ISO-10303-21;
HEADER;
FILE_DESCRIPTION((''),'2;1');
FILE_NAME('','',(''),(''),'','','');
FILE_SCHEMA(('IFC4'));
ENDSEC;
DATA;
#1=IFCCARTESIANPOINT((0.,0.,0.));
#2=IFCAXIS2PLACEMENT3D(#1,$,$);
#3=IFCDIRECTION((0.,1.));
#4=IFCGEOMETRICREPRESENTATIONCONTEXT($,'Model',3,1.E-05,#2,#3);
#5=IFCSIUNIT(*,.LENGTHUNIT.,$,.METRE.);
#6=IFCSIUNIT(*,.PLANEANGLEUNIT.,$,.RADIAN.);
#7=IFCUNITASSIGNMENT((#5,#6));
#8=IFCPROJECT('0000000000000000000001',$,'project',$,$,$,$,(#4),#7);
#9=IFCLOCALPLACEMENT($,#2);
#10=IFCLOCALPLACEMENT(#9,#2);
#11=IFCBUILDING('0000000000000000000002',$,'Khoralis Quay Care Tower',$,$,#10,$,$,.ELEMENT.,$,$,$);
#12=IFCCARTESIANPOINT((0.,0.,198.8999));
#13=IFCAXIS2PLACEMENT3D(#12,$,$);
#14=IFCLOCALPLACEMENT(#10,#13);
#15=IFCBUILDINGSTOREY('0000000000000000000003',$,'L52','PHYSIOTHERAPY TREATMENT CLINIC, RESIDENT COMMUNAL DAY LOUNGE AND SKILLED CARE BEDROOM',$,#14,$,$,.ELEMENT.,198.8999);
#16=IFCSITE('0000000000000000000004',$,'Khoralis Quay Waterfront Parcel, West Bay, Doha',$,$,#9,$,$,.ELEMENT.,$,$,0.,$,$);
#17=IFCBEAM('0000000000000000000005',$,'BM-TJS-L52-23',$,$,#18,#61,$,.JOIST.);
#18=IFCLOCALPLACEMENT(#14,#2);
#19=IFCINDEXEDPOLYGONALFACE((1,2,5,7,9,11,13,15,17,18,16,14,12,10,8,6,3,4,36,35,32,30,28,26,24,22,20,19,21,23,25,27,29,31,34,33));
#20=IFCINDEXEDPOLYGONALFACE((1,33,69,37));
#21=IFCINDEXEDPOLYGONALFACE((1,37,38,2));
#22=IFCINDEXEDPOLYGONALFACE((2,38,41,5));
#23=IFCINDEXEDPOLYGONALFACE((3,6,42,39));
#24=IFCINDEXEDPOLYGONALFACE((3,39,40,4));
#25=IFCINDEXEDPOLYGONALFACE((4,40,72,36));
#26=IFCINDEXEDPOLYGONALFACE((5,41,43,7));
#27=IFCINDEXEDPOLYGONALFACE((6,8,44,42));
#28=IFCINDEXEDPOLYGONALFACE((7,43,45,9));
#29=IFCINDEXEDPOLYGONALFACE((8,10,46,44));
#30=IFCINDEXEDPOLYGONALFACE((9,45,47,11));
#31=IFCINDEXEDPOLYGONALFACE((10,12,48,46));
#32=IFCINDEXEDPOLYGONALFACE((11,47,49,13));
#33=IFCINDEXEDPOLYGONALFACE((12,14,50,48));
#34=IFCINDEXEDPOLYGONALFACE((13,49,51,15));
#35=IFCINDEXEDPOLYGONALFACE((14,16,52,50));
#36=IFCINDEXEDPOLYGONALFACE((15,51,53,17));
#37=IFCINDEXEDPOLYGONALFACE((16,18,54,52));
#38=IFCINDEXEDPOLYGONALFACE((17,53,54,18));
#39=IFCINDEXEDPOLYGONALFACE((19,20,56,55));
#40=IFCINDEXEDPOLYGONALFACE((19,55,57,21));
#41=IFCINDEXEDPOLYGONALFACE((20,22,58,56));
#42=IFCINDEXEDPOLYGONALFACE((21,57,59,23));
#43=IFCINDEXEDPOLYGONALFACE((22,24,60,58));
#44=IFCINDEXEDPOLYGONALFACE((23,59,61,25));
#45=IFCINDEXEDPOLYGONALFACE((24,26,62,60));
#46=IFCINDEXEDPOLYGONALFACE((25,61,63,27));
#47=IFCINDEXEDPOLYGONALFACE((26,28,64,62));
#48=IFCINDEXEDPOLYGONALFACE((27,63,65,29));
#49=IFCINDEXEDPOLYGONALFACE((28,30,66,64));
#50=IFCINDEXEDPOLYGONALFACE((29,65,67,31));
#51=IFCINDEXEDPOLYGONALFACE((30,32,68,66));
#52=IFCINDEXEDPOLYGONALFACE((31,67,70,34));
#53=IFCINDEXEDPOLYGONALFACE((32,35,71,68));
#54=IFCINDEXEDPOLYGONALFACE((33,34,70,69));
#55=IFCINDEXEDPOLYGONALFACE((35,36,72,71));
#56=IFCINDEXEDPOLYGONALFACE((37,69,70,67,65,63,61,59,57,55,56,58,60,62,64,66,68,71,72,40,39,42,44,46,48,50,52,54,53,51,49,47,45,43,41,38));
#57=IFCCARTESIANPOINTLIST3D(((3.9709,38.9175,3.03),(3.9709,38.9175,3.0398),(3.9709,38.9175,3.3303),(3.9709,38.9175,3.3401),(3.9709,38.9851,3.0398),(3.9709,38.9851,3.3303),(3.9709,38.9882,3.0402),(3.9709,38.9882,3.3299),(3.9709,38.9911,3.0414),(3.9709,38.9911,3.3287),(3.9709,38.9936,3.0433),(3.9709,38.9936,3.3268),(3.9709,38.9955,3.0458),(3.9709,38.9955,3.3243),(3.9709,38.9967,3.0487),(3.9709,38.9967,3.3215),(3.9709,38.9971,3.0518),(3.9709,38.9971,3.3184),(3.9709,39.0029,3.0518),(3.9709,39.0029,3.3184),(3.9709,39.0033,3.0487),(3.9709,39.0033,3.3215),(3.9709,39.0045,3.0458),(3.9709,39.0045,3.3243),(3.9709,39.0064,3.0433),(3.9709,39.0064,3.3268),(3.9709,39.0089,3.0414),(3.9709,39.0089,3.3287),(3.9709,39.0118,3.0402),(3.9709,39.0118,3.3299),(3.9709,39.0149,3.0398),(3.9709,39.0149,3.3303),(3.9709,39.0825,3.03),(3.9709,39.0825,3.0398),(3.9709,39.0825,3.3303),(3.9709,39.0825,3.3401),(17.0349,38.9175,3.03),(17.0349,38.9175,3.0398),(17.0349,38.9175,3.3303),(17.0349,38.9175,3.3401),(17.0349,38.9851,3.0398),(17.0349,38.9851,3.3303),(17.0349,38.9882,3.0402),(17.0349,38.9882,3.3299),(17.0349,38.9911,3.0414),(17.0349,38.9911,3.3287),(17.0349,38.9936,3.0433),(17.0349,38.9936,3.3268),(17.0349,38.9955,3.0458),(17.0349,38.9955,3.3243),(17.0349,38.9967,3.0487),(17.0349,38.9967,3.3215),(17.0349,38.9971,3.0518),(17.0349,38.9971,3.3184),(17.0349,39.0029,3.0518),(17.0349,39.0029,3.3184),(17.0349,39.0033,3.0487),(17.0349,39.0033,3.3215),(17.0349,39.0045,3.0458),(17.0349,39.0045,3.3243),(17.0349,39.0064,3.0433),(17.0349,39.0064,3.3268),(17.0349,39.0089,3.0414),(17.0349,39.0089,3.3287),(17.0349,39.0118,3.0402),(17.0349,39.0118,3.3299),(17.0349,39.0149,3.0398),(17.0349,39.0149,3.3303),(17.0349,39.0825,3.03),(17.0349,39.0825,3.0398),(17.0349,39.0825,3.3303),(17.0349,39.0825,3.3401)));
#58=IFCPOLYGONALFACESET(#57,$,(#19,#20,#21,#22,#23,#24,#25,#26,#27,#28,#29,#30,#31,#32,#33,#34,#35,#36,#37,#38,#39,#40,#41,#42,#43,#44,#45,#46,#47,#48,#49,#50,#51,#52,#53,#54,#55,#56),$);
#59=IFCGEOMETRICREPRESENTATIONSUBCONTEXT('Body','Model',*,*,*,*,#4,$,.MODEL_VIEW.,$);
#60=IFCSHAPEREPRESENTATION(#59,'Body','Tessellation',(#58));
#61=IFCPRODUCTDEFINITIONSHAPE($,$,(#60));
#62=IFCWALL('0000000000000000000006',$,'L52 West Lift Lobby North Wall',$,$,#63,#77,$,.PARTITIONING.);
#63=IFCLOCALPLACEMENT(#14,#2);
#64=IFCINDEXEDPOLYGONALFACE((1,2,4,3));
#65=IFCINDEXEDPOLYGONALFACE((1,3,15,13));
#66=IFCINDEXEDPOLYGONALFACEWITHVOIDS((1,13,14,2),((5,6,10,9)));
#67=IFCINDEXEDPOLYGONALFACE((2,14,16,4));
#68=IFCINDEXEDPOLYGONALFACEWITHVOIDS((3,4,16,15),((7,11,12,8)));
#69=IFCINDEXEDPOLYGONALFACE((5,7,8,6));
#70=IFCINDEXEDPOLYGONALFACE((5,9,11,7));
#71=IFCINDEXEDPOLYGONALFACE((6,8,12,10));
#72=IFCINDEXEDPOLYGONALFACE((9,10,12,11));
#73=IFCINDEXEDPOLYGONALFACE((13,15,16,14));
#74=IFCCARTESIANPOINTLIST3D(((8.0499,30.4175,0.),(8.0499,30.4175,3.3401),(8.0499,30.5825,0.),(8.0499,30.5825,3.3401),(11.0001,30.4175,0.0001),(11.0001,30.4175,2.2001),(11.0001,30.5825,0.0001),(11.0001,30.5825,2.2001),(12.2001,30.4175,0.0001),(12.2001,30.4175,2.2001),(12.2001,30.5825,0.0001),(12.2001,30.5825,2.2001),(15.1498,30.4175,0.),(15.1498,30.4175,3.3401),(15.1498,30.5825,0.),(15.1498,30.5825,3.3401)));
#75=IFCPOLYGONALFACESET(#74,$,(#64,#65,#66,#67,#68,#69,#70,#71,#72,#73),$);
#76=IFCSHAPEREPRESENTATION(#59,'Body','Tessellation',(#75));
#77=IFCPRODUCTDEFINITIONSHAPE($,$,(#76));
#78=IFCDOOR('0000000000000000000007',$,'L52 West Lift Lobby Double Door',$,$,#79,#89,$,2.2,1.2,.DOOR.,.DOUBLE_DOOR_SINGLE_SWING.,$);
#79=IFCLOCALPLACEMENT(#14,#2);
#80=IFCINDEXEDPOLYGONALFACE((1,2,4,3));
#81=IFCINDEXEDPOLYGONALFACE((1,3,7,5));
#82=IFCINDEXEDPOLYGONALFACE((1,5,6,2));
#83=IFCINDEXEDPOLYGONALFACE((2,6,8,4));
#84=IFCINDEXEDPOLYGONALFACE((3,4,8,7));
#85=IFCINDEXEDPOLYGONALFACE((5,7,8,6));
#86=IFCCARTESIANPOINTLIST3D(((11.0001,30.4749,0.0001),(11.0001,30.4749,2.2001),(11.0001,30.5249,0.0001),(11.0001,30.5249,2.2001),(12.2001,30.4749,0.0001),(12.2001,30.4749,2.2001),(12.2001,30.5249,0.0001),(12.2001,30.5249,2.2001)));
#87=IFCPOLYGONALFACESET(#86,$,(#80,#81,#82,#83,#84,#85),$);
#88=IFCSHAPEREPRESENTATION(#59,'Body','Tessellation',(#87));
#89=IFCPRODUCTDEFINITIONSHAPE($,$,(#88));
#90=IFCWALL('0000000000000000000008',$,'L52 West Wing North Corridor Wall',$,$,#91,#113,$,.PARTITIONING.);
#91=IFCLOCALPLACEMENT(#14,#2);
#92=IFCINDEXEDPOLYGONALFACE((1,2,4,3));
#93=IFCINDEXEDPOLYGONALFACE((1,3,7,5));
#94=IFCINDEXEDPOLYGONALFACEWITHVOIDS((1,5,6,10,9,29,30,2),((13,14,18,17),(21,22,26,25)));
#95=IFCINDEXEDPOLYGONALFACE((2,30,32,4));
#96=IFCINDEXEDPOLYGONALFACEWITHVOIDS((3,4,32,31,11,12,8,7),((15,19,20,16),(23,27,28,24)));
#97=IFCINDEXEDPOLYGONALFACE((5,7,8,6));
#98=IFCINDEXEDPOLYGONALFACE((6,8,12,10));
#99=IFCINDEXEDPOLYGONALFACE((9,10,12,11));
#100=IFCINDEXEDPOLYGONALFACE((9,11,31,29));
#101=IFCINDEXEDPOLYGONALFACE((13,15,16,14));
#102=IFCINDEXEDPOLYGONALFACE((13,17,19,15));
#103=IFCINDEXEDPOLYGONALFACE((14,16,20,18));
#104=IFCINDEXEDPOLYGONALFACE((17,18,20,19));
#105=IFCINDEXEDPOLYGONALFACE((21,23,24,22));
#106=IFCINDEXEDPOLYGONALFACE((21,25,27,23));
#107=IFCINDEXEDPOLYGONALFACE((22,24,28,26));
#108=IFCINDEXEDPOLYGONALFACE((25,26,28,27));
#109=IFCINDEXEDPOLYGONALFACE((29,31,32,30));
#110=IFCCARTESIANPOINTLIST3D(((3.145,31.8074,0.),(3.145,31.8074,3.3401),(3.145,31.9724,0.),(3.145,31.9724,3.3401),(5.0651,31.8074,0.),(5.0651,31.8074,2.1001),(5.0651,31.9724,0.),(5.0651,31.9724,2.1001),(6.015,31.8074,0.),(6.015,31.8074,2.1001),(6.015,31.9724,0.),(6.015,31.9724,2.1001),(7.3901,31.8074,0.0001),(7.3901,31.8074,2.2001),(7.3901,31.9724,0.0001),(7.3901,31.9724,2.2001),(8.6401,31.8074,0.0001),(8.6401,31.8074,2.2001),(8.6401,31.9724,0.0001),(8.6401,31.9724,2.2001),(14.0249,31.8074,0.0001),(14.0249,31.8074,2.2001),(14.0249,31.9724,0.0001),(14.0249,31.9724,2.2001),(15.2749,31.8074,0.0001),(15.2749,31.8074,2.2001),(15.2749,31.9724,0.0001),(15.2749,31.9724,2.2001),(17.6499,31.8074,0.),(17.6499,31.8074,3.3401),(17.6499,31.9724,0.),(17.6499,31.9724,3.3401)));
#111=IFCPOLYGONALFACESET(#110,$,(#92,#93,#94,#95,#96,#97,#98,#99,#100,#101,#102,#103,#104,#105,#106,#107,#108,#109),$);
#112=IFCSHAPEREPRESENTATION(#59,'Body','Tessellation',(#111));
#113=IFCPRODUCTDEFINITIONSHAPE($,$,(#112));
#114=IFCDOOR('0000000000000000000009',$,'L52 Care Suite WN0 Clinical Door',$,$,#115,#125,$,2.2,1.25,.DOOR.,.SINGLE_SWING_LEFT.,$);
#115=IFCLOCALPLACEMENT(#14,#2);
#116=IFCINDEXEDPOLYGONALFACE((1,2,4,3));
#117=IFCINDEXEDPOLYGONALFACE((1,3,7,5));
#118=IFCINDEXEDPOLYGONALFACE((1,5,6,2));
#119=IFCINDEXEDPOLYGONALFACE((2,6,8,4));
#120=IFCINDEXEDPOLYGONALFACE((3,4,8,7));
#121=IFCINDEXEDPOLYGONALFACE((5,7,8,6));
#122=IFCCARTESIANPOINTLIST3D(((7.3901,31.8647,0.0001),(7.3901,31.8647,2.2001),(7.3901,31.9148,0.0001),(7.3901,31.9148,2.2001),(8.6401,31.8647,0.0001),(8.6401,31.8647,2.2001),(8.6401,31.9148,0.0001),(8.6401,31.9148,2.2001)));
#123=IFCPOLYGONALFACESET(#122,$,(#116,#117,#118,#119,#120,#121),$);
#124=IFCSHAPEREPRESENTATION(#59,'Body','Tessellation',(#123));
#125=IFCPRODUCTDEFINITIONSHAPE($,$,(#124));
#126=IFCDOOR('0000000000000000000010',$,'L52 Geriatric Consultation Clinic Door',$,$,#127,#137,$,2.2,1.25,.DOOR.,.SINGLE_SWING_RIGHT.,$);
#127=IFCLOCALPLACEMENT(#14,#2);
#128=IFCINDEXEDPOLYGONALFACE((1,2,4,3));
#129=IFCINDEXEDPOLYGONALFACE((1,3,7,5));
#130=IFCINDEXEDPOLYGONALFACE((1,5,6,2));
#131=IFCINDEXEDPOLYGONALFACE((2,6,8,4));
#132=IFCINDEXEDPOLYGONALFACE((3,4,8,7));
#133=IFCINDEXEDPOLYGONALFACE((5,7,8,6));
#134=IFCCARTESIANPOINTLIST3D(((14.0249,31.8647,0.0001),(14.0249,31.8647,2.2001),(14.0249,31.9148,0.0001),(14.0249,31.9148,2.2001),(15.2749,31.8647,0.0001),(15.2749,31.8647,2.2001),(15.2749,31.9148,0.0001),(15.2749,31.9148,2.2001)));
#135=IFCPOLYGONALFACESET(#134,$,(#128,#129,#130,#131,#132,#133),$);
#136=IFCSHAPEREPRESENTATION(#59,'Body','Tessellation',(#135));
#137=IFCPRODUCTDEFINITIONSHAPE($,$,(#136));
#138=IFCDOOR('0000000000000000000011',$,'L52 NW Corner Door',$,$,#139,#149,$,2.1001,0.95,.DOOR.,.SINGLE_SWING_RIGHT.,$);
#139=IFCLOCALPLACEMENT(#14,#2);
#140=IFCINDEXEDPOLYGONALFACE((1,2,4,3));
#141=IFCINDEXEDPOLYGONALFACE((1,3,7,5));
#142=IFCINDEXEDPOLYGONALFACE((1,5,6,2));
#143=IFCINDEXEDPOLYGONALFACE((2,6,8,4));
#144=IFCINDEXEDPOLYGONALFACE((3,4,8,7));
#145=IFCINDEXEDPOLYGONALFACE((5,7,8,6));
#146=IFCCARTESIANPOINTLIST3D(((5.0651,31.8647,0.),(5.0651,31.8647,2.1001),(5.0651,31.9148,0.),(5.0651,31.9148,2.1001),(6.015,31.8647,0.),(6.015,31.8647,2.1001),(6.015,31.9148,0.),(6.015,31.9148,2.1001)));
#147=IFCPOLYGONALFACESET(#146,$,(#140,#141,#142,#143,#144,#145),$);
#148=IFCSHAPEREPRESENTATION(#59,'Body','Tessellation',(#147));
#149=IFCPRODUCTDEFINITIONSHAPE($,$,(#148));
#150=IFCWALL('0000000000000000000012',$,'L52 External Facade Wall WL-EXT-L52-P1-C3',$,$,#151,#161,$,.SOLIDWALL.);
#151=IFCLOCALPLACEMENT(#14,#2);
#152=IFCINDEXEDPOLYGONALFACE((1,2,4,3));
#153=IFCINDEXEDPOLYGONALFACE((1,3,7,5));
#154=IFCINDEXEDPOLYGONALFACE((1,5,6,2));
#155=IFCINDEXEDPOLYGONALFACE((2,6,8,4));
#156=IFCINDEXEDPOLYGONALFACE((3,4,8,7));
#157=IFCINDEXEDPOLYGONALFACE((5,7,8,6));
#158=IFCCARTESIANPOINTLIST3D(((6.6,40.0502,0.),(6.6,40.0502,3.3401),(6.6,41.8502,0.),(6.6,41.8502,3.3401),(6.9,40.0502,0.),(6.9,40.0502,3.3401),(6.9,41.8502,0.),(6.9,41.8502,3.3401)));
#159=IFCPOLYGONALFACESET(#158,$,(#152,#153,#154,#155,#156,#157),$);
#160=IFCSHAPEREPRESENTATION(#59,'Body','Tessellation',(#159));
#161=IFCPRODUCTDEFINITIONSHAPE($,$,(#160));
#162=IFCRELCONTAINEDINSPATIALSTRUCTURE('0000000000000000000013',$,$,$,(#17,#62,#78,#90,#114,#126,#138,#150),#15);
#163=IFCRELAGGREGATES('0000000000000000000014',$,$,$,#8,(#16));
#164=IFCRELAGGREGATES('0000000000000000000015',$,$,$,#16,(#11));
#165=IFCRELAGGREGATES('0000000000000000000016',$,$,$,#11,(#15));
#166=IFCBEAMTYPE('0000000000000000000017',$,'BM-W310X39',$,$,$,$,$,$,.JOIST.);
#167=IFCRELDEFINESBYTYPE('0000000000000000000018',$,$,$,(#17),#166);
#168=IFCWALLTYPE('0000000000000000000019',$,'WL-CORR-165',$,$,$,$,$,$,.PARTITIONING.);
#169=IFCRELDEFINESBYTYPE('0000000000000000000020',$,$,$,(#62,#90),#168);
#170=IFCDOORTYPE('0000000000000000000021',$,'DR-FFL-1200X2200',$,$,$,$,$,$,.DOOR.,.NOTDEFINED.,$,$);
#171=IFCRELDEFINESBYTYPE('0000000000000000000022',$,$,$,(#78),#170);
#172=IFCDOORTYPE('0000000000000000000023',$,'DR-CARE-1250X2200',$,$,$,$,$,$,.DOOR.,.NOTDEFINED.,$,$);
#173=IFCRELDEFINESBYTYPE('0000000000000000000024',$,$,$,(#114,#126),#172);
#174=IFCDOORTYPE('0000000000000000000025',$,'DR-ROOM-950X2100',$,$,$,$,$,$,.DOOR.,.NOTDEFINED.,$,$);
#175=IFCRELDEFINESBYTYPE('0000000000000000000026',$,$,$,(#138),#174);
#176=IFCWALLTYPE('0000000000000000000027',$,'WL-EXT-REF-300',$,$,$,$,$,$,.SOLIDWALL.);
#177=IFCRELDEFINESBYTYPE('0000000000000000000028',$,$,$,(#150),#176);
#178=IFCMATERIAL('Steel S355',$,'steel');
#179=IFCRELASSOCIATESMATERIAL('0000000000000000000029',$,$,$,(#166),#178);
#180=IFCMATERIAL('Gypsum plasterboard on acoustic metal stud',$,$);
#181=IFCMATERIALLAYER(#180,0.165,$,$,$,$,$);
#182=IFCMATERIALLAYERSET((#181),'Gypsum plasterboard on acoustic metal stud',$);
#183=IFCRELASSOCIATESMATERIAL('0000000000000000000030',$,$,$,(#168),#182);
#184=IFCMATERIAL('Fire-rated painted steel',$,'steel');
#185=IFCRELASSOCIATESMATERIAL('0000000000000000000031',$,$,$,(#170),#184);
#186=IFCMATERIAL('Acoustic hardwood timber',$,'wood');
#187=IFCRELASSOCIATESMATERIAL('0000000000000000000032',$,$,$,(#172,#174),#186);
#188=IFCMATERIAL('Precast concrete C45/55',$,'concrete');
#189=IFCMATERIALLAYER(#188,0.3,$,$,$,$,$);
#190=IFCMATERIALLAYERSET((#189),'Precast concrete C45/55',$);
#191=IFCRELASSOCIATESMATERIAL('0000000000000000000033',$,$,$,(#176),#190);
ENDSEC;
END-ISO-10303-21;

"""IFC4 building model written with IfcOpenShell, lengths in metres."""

from ifc_helpers import new_model, si_unit, direction, frame, frame_2d, origin, origin_2d, place, context, subcontext, project, spatial, rectangle, i_section, extrude, source, transform, mapped, material, layer, layer_set, material_profile, profile_set, type_object, element, fill, save


model = new_model("IFC4")

# Units and contexts
model_context = context("Model", 3, precision=1e-05, world=origin(), true_north=direction((0.0, 1.0)))
body_context = subcontext(model_context, "Body", "Model", "MODEL_VIEW")
ifc_project = project(units=[si_unit("LENGTHUNIT", "METRE"), si_unit("PLANEANGLEUNIT", "RADIAN")], contexts=[model_context])

# Site, building, storey
site_placement = place(None, origin())
site = spatial("IfcSite", under=ifc_project, at=site_placement, Name="Khoralis Quay Waterfront Parcel, West Bay, Doha", CompositionType="ELEMENT", RefElevation=0.0)
building_placement = place(site_placement, origin())
building = spatial("IfcBuilding", under=site, at=building_placement, Name="Khoralis Quay Care Tower", CompositionType="ELEMENT")
storey_placement = place(building_placement, frame((0.0, 0.0, 198.8999)))
storey = spatial("IfcBuildingStorey", under=building, at=storey_placement, Name="L52", Description="PHYSIOTHERAPY TREATMENT CLINIC, RESIDENT COMMUNAL DAY LOUNGE AND SKILLED CARE BEDROOM", CompositionType="ELEMENT", Elevation=198.8999)

# Beam
ifc_material_1 = material(Name="Steel S355", Category="steel")
ifc_material_profile_1 = material_profile(ifc_material_1, i_section(OverallWidth=0.165, OverallDepth=0.3101, WebThickness=0.0059, FlangeThickness=0.0098, FilletRadius=0.012, at=origin_2d()), Name="Steel S355")
ifc_profile_set_1 = profile_set([ifc_material_profile_1], Name="Steel S355")
beam_type_1 = type_object("IfcBeamType", Name="BM-W310X39", PredefinedType="JOIST", material=ifc_profile_set_1)
shared_shape_1 = source(origin(), body_context, "Body", "SweptSolid", [
    extrude(i_section(OverallWidth=0.165, OverallDepth=0.3101, WebThickness=0.0059, FlangeThickness=0.0098, FilletRadius=0.012, at=origin_2d()), origin(), (0.0, 0.0, 1.0), 13.064),
])
for number, where, z_axis, x_axis, name in (
    (1, (3.9709, 39.0, 3.1851), (1.0, 0.0, 0.0), (0.0, 1.0, 0.0), "BM-TJS-L52-23"),
):
    element("IfcBeam", number, at=place(storey_placement, frame(where, z_axis=z_axis, x_axis=x_axis)), inside=storey, type_object=beam_type_1, Name=name, PredefinedType="JOIST", context=body_context, shape_type="MappedRepresentation", body=[
        mapped(shared_shape_1, transform((0.0, 0.0, 0.0), scale=1.0)),
    ])

# Wall, opening, door
ifc_material_2 = material(Name="Gypsum plasterboard on acoustic metal stud")
ifc_layer_1 = layer(ifc_material_2, 0.165)
ifc_layer_set_1 = layer_set([ifc_layer_1], Name="Gypsum plasterboard on acoustic metal stud")
wall_type_1 = type_object("IfcWallType", Name="WL-CORR-165", PredefinedType="PARTITIONING", material=ifc_layer_set_1)
wall_1_placement = place(storey_placement, frame((8.05, 30.5, 0.0), z_axis=(0.0, 0.0, 1.0), x_axis=(1.0, 0.0, 0.0)))
wall_1 = element("IfcWall", 2, at=wall_1_placement, inside=storey, type_object=wall_type_1, Name="L52 West Lift Lobby North Wall", PredefinedType="PARTITIONING", context=body_context, shape_type="SweptSolid", body=[
    extrude(rectangle(XDim=7.0999, YDim=0.165, at=frame_2d((3.5498, 0.0))), origin(), (0.0, 0.0, 1.0), 3.3401),
])
opening_1_placement = place(wall_1_placement, frame((2.95, 0.0, 0.0)))
opening_1 = element("IfcOpeningElement", 3, at=opening_1_placement, cuts=wall_1, PredefinedType="OPENING", context=body_context, shape_type="SweptSolid", body=[
    extrude(rectangle(XDim=1.2, YDim=2.2, at=frame_2d((0.6001, 1.1001))), frame((0.0, 0.0925, 0.0), z_axis=(0.0, -1.0, 0.0), x_axis=(1.0, 0.0, 0.0)), (0.0, 0.0, 1.0), 0.1851),
])
ifc_material_3 = material(Name="Fire-rated painted steel", Category="steel")
door_type_1 = type_object("IfcDoorType", Name="DR-FFL-1200X2200", OperationType="NOTDEFINED", PredefinedType="DOOR", material=ifc_material_3)
shared_shape_2 = source(origin(), body_context, "Body", "SweptSolid", [
    extrude(rectangle(XDim=1.2, YDim=2.2, at=frame_2d((0.6001, 1.1001))), frame((0.0, 0.0249, 0.0), z_axis=(0.0, -1.0, 0.0), x_axis=(1.0, 0.0, 0.0)), (0.0, 0.0, 1.0), 0.05),
])
door_1_placement = place(opening_1_placement, origin())
door_1 = element("IfcDoor", 4, at=door_1_placement, inside=storey, type_object=door_type_1, Name="L52 West Lift Lobby Double Door", OperationType="DOUBLE_DOOR_SINGLE_SWING", OverallHeight=2.2, OverallWidth=1.2, PredefinedType="DOOR", context=body_context, shape_type="MappedRepresentation", body=[
    mapped(shared_shape_2, transform((0.0, 0.0, 0.0), scale=1.0)),
])
fill(opening_1, door_1)

# Wall, openings, doors
wall_2_placement = place(storey_placement, frame((3.145, 31.8899, 0.0), z_axis=(0.0, 0.0, 1.0), x_axis=(1.0, 0.0, 0.0)))
wall_2 = element("IfcWall", 5, at=wall_2_placement, inside=storey, type_object=wall_type_1, Name="L52 West Wing North Corridor Wall", PredefinedType="PARTITIONING", context=body_context, shape_type="SweptSolid", body=[
    extrude(rectangle(XDim=14.5049, YDim=0.165, at=frame_2d((7.2524, 0.0))), origin(), (0.0, 0.0, 1.0), 3.3401),
])
opening_2_placement = place(wall_2_placement, frame((4.2451, 0.0, 0.0)))
opening_2 = element("IfcOpeningElement", 6, at=opening_2_placement, cuts=wall_2, PredefinedType="OPENING", context=body_context, shape_type="SweptSolid", body=[
    extrude(rectangle(XDim=1.25, YDim=2.2, at=frame_2d((0.625, 1.1001))), frame((0.0, 0.0925, 0.0), z_axis=(0.0, -1.0, 0.0), x_axis=(1.0, 0.0, 0.0)), (0.0, 0.0, 1.0), 0.1851),
])
opening_3_placement = place(wall_2_placement, frame((10.8799, 0.0, 0.0)))
opening_3 = element("IfcOpeningElement", 7, at=opening_3_placement, cuts=wall_2, PredefinedType="OPENING", context=body_context, shape_type="SweptSolid", body=[
    extrude(rectangle(XDim=1.25, YDim=2.2, at=frame_2d((0.625, 1.1001))), frame((0.0, 0.0925, 0.0), z_axis=(0.0, -1.0, 0.0), x_axis=(1.0, 0.0, 0.0)), (0.0, 0.0, 1.0), 0.1851),
])
opening_4_placement = place(wall_2_placement, frame((1.9199, 0.0, 0.0)))
opening_4 = element("IfcOpeningElement", 8, at=opening_4_placement, cuts=wall_2, PredefinedType="OPENING", context=body_context, shape_type="SweptSolid", body=[
    extrude(rectangle(XDim=0.95, YDim=2.1001, at=frame_2d((0.4751, 1.05))), frame((0.0, 0.0925, 0.0), z_axis=(0.0, -1.0, 0.0), x_axis=(1.0, 0.0, 0.0)), (0.0, 0.0, 1.0), 0.1851),
])
ifc_material_4 = material(Name="Acoustic hardwood timber", Category="wood")
door_type_2 = type_object("IfcDoorType", Name="DR-CARE-1250X2200", OperationType="NOTDEFINED", PredefinedType="DOOR", material=ifc_material_4)
shared_shape_3 = source(origin(), body_context, "Body", "SweptSolid", [
    extrude(rectangle(XDim=1.25, YDim=2.2, at=frame_2d((0.625, 1.1001))), frame((0.0, 0.0249, 0.0), z_axis=(0.0, -1.0, 0.0), x_axis=(1.0, 0.0, 0.0)), (0.0, 0.0, 1.0), 0.05),
])
door_2_placement = place(opening_2_placement, origin())
door_2 = element("IfcDoor", 9, at=door_2_placement, inside=storey, type_object=door_type_2, Name="L52 Care Suite WN0 Clinical Door", OperationType="SINGLE_SWING_LEFT", OverallHeight=2.2, OverallWidth=1.25, PredefinedType="DOOR", context=body_context, shape_type="MappedRepresentation", body=[
    mapped(shared_shape_3, transform((0.0, 0.0, 0.0), scale=1.0)),
])
fill(opening_2, door_2)
door_3_placement = place(opening_3_placement, origin())
door_3 = element("IfcDoor", 10, at=door_3_placement, inside=storey, type_object=door_type_2, Name="L52 Geriatric Consultation Clinic Door", OperationType="SINGLE_SWING_RIGHT", OverallHeight=2.2, OverallWidth=1.25, PredefinedType="DOOR", context=body_context, shape_type="MappedRepresentation", body=[
    mapped(shared_shape_3, transform((0.0, 0.0, 0.0), scale=1.0)),
])
fill(opening_3, door_3)
door_type_3 = type_object("IfcDoorType", Name="DR-ROOM-950X2100", OperationType="NOTDEFINED", PredefinedType="DOOR", material=ifc_material_4)
shared_shape_4 = source(origin(), body_context, "Body", "SweptSolid", [
    extrude(rectangle(XDim=0.95, YDim=2.1001, at=frame_2d((0.4751, 1.05))), frame((0.0, 0.0249, 0.0), z_axis=(0.0, -1.0, 0.0), x_axis=(1.0, 0.0, 0.0)), (0.0, 0.0, 1.0), 0.05),
])
door_4_placement = place(opening_4_placement, origin())
door_4 = element("IfcDoor", 11, at=door_4_placement, inside=storey, type_object=door_type_3, Name="L52 NW Corner Door", OperationType="SINGLE_SWING_RIGHT", OverallHeight=2.1001, OverallWidth=0.95, PredefinedType="DOOR", context=body_context, shape_type="MappedRepresentation", body=[
    mapped(shared_shape_4, transform((0.0, 0.0, 0.0), scale=1.0)),
])
fill(opening_4, door_4)

# Wall
ifc_material_5 = material(Name="Precast concrete C45/55", Category="concrete")
ifc_layer_2 = layer(ifc_material_5, 0.3)
ifc_layer_set_2 = layer_set([ifc_layer_2], Name="Precast concrete C45/55")
wall_type_2 = type_object("IfcWallType", Name="WL-EXT-REF-300", PredefinedType="SOLIDWALL", material=ifc_layer_set_2)
for number, where, z_axis, x_axis, name in (
    (12, (6.75, 41.8501, 0.0), (0.0, 0.0, 1.0), (0.0, -1.0, 0.0), "L52 External Facade Wall WL-EXT-L52-P1-C3"),
):
    element("IfcWall", number, at=place(storey_placement, frame(where, z_axis=z_axis, x_axis=x_axis)), inside=storey, type_object=wall_type_2, Name=name, PredefinedType="SOLIDWALL", context=body_context, shape_type="SweptSolid", body=[
        extrude(rectangle(XDim=1.8, YDim=0.3, at=frame_2d((0.8999, 0.0))), origin(), (0.0, 0.0, 1.0), 3.3401),
    ])

save(model, "model.ifc")
